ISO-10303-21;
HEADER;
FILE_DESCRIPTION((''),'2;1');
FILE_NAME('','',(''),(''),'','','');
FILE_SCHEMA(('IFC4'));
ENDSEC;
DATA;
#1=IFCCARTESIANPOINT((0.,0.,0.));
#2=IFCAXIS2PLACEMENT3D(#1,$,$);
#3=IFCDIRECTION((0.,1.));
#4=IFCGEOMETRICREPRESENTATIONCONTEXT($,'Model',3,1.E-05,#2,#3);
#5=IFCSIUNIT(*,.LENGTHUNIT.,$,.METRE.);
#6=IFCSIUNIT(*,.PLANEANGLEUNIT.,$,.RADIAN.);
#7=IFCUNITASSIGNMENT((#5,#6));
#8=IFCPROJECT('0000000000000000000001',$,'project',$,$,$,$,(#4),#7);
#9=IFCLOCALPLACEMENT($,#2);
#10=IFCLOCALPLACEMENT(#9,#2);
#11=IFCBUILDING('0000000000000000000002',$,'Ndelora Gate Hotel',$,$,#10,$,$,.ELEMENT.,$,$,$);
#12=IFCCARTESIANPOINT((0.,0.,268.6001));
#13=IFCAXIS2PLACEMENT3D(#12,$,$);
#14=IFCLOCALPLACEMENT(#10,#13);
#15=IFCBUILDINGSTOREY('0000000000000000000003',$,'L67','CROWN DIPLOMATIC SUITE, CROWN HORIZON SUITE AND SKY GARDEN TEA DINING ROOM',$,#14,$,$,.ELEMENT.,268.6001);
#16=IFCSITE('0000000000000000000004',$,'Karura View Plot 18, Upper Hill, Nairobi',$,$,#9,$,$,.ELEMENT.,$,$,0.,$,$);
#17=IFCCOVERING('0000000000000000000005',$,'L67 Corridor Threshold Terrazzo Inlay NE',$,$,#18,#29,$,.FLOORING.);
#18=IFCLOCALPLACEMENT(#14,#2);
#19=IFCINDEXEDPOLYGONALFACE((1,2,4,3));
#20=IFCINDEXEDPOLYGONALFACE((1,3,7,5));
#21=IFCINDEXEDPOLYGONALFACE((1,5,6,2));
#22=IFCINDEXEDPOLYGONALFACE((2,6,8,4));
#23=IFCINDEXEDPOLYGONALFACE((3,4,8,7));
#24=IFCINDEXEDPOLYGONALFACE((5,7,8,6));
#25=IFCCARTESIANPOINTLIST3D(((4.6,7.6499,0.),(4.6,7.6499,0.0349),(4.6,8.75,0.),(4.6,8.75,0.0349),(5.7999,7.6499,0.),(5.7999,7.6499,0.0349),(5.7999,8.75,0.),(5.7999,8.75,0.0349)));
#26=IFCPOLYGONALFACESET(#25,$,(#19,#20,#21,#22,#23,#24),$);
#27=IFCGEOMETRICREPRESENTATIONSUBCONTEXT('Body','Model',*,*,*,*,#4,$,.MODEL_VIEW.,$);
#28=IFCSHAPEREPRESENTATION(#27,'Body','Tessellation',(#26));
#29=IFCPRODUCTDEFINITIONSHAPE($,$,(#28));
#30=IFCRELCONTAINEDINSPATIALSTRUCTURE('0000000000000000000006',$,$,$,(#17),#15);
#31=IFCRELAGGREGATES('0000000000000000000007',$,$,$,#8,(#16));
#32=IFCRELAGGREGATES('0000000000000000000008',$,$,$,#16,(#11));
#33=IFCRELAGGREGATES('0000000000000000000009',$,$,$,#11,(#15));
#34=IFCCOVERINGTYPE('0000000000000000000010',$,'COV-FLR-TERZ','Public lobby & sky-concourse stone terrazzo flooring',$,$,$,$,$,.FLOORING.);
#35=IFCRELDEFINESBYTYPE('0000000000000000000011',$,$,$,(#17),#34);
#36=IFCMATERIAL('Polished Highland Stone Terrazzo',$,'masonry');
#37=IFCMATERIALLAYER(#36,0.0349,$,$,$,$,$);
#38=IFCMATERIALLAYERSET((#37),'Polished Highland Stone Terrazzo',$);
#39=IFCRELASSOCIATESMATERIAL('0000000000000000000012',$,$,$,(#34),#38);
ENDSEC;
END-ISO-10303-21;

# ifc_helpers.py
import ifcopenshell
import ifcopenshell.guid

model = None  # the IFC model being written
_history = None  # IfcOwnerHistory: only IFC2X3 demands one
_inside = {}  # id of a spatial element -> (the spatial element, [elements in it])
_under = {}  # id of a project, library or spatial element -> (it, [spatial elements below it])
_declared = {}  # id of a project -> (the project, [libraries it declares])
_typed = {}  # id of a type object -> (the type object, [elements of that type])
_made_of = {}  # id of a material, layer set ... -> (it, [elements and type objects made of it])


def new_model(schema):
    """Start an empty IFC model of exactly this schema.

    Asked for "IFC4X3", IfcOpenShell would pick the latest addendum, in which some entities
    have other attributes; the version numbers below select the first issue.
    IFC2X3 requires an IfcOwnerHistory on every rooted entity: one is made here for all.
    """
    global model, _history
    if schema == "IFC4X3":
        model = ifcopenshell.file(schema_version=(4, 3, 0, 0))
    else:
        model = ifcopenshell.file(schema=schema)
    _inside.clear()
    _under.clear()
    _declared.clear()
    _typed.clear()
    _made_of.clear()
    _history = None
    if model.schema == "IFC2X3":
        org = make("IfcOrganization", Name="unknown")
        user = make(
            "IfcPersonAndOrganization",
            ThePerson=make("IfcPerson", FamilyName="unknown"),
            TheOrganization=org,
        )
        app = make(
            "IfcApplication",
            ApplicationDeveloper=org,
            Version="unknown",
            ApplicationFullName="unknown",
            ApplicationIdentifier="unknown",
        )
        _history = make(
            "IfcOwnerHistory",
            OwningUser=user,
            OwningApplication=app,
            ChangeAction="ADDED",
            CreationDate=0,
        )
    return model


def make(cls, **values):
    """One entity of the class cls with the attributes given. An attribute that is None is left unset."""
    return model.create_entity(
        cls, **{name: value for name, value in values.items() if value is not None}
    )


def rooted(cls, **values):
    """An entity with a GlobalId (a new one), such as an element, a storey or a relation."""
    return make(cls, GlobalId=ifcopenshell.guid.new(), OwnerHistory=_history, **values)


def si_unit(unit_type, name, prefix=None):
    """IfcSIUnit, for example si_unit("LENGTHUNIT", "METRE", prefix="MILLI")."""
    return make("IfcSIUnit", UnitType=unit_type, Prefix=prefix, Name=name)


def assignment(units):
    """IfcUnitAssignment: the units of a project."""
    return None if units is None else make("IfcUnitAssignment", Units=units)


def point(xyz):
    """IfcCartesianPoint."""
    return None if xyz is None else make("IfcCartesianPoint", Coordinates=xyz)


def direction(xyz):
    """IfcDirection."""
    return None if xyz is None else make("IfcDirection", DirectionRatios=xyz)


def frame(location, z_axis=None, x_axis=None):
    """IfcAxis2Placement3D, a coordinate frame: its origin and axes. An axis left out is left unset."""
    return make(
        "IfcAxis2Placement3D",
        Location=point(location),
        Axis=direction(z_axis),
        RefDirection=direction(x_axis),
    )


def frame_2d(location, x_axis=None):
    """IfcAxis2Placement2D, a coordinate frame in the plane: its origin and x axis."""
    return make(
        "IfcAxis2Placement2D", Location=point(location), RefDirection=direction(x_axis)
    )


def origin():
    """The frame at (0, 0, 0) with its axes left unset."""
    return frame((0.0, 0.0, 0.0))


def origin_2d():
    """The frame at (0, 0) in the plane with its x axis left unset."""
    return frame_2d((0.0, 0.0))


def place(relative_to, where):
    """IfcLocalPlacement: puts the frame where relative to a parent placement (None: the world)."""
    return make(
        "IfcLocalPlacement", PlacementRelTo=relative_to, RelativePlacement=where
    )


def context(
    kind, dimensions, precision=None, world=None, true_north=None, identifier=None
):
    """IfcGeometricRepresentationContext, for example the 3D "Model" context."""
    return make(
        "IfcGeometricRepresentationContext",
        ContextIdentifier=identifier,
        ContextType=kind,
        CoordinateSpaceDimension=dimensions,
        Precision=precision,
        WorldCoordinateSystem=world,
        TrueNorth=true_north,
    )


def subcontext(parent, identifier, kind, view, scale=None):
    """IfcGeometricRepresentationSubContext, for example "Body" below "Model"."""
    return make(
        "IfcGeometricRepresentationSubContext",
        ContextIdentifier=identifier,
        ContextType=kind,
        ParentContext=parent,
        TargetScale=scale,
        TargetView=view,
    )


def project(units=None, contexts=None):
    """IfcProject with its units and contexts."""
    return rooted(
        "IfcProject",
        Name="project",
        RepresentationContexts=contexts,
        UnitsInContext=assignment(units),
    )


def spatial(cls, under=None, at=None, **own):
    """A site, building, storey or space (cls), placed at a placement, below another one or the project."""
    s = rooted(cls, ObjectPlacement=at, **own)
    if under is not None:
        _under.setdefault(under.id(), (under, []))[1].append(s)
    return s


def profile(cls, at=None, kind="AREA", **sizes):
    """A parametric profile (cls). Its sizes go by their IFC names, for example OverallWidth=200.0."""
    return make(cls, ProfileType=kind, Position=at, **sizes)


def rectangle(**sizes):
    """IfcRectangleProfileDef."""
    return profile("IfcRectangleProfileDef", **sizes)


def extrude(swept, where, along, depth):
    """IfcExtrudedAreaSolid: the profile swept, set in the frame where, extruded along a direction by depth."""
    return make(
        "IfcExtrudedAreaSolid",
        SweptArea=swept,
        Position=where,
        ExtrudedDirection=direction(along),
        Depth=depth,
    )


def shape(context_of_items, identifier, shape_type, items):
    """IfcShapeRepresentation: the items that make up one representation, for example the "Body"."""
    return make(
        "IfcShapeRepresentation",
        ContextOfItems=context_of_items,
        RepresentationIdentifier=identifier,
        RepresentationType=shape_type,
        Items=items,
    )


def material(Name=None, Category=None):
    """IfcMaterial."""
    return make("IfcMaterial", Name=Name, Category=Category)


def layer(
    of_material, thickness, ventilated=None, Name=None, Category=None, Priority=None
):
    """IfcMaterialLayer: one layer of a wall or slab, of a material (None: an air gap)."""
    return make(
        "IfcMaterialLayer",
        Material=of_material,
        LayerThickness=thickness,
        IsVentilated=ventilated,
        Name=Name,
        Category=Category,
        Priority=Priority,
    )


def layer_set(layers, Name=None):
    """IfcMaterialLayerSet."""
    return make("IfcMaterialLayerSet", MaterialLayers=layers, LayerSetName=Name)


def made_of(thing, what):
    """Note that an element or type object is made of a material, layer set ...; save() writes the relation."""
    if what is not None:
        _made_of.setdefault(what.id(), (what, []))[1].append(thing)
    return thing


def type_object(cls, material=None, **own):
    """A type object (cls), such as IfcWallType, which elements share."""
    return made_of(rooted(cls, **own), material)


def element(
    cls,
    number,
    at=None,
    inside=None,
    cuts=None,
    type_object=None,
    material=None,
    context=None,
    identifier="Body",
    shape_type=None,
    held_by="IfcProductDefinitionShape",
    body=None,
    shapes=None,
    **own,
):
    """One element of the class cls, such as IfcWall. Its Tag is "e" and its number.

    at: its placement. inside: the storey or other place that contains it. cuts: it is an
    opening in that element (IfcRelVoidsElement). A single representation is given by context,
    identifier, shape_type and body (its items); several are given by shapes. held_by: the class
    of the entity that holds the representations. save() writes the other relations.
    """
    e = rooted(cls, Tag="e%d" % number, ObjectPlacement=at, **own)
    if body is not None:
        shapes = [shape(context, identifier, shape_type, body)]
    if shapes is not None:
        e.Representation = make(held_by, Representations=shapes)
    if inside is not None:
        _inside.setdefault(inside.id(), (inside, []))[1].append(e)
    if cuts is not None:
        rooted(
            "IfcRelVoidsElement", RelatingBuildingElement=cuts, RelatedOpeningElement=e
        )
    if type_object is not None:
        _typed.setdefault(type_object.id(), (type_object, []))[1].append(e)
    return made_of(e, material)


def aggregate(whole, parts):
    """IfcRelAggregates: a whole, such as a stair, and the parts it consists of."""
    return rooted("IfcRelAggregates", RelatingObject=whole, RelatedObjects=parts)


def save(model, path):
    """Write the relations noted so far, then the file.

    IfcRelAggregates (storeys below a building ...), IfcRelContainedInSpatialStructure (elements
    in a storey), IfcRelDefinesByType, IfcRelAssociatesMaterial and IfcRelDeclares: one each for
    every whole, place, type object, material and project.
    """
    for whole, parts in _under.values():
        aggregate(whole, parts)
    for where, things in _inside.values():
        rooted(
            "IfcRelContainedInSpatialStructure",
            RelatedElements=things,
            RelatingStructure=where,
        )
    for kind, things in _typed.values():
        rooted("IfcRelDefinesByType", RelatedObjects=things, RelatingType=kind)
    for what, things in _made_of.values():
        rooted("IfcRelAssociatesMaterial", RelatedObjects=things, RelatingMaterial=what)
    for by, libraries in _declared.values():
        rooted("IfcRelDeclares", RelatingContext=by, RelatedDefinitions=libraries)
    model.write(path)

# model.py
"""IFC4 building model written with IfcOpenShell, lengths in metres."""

from ifc_helpers import new_model, si_unit, direction, frame, origin, origin_2d, place, context, subcontext, project, spatial, rectangle, extrude, material, layer, layer_set, type_object, element, save


model = new_model("IFC4")

# Units and contexts
model_context = context("Model", 3, precision=1e-05, world=origin(), true_north=direction((0.0, 1.0)))
body_context = subcontext(model_context, "Body", "Model", "MODEL_VIEW")
ifc_project = project(units=[si_unit("LENGTHUNIT", "METRE"), si_unit("PLANEANGLEUNIT", "RADIAN")], contexts=[model_context])

# Site, building, storey
site_placement = place(None, origin())
site = spatial("IfcSite", under=ifc_project, at=site_placement, Name="Karura View Plot 18, Upper Hill, Nairobi", CompositionType="ELEMENT", RefElevation=0.0)
building_placement = place(site_placement, origin())
building = spatial("IfcBuilding", under=site, at=building_placement, Name="Ndelora Gate Hotel", CompositionType="ELEMENT")
storey_placement = place(building_placement, frame((0.0, 0.0, 268.6001)))
storey = spatial("IfcBuildingStorey", under=building, at=storey_placement, Name="L67", Description="CROWN DIPLOMATIC SUITE, CROWN HORIZON SUITE AND SKY GARDEN TEA DINING ROOM", CompositionType="ELEMENT", Elevation=268.6001)

# Covering
ifc_material_1 = material(Name="Polished Highland Stone Terrazzo", Category="masonry")
ifc_layer_1 = layer(ifc_material_1, 0.0349)
ifc_layer_set_1 = layer_set([ifc_layer_1], Name="Polished Highland Stone Terrazzo")
covering_type_1 = type_object("IfcCoveringType", Name="COV-FLR-TERZ", Description="Public lobby & sky-concourse stone terrazzo flooring", PredefinedType="FLOORING", material=ifc_layer_set_1)
covering_1_placement = place(storey_placement, frame((5.2, 8.2, 0.0), z_axis=(0.0, 0.0, 1.0), x_axis=(1.0, 0.0, 0.0)))
element("IfcCovering", 1, at=covering_1_placement, inside=storey, type_object=covering_type_1, Name="L67 Corridor Threshold Terrazzo Inlay NE", PredefinedType="FLOORING", context=body_context, shape_type="SweptSolid", body=[
    extrude(rectangle(XDim=1.2, YDim=1.1001, at=origin_2d()), origin(), (0.0, 0.0, 1.0), 0.0349),
])

save(model, "model.ifc")
